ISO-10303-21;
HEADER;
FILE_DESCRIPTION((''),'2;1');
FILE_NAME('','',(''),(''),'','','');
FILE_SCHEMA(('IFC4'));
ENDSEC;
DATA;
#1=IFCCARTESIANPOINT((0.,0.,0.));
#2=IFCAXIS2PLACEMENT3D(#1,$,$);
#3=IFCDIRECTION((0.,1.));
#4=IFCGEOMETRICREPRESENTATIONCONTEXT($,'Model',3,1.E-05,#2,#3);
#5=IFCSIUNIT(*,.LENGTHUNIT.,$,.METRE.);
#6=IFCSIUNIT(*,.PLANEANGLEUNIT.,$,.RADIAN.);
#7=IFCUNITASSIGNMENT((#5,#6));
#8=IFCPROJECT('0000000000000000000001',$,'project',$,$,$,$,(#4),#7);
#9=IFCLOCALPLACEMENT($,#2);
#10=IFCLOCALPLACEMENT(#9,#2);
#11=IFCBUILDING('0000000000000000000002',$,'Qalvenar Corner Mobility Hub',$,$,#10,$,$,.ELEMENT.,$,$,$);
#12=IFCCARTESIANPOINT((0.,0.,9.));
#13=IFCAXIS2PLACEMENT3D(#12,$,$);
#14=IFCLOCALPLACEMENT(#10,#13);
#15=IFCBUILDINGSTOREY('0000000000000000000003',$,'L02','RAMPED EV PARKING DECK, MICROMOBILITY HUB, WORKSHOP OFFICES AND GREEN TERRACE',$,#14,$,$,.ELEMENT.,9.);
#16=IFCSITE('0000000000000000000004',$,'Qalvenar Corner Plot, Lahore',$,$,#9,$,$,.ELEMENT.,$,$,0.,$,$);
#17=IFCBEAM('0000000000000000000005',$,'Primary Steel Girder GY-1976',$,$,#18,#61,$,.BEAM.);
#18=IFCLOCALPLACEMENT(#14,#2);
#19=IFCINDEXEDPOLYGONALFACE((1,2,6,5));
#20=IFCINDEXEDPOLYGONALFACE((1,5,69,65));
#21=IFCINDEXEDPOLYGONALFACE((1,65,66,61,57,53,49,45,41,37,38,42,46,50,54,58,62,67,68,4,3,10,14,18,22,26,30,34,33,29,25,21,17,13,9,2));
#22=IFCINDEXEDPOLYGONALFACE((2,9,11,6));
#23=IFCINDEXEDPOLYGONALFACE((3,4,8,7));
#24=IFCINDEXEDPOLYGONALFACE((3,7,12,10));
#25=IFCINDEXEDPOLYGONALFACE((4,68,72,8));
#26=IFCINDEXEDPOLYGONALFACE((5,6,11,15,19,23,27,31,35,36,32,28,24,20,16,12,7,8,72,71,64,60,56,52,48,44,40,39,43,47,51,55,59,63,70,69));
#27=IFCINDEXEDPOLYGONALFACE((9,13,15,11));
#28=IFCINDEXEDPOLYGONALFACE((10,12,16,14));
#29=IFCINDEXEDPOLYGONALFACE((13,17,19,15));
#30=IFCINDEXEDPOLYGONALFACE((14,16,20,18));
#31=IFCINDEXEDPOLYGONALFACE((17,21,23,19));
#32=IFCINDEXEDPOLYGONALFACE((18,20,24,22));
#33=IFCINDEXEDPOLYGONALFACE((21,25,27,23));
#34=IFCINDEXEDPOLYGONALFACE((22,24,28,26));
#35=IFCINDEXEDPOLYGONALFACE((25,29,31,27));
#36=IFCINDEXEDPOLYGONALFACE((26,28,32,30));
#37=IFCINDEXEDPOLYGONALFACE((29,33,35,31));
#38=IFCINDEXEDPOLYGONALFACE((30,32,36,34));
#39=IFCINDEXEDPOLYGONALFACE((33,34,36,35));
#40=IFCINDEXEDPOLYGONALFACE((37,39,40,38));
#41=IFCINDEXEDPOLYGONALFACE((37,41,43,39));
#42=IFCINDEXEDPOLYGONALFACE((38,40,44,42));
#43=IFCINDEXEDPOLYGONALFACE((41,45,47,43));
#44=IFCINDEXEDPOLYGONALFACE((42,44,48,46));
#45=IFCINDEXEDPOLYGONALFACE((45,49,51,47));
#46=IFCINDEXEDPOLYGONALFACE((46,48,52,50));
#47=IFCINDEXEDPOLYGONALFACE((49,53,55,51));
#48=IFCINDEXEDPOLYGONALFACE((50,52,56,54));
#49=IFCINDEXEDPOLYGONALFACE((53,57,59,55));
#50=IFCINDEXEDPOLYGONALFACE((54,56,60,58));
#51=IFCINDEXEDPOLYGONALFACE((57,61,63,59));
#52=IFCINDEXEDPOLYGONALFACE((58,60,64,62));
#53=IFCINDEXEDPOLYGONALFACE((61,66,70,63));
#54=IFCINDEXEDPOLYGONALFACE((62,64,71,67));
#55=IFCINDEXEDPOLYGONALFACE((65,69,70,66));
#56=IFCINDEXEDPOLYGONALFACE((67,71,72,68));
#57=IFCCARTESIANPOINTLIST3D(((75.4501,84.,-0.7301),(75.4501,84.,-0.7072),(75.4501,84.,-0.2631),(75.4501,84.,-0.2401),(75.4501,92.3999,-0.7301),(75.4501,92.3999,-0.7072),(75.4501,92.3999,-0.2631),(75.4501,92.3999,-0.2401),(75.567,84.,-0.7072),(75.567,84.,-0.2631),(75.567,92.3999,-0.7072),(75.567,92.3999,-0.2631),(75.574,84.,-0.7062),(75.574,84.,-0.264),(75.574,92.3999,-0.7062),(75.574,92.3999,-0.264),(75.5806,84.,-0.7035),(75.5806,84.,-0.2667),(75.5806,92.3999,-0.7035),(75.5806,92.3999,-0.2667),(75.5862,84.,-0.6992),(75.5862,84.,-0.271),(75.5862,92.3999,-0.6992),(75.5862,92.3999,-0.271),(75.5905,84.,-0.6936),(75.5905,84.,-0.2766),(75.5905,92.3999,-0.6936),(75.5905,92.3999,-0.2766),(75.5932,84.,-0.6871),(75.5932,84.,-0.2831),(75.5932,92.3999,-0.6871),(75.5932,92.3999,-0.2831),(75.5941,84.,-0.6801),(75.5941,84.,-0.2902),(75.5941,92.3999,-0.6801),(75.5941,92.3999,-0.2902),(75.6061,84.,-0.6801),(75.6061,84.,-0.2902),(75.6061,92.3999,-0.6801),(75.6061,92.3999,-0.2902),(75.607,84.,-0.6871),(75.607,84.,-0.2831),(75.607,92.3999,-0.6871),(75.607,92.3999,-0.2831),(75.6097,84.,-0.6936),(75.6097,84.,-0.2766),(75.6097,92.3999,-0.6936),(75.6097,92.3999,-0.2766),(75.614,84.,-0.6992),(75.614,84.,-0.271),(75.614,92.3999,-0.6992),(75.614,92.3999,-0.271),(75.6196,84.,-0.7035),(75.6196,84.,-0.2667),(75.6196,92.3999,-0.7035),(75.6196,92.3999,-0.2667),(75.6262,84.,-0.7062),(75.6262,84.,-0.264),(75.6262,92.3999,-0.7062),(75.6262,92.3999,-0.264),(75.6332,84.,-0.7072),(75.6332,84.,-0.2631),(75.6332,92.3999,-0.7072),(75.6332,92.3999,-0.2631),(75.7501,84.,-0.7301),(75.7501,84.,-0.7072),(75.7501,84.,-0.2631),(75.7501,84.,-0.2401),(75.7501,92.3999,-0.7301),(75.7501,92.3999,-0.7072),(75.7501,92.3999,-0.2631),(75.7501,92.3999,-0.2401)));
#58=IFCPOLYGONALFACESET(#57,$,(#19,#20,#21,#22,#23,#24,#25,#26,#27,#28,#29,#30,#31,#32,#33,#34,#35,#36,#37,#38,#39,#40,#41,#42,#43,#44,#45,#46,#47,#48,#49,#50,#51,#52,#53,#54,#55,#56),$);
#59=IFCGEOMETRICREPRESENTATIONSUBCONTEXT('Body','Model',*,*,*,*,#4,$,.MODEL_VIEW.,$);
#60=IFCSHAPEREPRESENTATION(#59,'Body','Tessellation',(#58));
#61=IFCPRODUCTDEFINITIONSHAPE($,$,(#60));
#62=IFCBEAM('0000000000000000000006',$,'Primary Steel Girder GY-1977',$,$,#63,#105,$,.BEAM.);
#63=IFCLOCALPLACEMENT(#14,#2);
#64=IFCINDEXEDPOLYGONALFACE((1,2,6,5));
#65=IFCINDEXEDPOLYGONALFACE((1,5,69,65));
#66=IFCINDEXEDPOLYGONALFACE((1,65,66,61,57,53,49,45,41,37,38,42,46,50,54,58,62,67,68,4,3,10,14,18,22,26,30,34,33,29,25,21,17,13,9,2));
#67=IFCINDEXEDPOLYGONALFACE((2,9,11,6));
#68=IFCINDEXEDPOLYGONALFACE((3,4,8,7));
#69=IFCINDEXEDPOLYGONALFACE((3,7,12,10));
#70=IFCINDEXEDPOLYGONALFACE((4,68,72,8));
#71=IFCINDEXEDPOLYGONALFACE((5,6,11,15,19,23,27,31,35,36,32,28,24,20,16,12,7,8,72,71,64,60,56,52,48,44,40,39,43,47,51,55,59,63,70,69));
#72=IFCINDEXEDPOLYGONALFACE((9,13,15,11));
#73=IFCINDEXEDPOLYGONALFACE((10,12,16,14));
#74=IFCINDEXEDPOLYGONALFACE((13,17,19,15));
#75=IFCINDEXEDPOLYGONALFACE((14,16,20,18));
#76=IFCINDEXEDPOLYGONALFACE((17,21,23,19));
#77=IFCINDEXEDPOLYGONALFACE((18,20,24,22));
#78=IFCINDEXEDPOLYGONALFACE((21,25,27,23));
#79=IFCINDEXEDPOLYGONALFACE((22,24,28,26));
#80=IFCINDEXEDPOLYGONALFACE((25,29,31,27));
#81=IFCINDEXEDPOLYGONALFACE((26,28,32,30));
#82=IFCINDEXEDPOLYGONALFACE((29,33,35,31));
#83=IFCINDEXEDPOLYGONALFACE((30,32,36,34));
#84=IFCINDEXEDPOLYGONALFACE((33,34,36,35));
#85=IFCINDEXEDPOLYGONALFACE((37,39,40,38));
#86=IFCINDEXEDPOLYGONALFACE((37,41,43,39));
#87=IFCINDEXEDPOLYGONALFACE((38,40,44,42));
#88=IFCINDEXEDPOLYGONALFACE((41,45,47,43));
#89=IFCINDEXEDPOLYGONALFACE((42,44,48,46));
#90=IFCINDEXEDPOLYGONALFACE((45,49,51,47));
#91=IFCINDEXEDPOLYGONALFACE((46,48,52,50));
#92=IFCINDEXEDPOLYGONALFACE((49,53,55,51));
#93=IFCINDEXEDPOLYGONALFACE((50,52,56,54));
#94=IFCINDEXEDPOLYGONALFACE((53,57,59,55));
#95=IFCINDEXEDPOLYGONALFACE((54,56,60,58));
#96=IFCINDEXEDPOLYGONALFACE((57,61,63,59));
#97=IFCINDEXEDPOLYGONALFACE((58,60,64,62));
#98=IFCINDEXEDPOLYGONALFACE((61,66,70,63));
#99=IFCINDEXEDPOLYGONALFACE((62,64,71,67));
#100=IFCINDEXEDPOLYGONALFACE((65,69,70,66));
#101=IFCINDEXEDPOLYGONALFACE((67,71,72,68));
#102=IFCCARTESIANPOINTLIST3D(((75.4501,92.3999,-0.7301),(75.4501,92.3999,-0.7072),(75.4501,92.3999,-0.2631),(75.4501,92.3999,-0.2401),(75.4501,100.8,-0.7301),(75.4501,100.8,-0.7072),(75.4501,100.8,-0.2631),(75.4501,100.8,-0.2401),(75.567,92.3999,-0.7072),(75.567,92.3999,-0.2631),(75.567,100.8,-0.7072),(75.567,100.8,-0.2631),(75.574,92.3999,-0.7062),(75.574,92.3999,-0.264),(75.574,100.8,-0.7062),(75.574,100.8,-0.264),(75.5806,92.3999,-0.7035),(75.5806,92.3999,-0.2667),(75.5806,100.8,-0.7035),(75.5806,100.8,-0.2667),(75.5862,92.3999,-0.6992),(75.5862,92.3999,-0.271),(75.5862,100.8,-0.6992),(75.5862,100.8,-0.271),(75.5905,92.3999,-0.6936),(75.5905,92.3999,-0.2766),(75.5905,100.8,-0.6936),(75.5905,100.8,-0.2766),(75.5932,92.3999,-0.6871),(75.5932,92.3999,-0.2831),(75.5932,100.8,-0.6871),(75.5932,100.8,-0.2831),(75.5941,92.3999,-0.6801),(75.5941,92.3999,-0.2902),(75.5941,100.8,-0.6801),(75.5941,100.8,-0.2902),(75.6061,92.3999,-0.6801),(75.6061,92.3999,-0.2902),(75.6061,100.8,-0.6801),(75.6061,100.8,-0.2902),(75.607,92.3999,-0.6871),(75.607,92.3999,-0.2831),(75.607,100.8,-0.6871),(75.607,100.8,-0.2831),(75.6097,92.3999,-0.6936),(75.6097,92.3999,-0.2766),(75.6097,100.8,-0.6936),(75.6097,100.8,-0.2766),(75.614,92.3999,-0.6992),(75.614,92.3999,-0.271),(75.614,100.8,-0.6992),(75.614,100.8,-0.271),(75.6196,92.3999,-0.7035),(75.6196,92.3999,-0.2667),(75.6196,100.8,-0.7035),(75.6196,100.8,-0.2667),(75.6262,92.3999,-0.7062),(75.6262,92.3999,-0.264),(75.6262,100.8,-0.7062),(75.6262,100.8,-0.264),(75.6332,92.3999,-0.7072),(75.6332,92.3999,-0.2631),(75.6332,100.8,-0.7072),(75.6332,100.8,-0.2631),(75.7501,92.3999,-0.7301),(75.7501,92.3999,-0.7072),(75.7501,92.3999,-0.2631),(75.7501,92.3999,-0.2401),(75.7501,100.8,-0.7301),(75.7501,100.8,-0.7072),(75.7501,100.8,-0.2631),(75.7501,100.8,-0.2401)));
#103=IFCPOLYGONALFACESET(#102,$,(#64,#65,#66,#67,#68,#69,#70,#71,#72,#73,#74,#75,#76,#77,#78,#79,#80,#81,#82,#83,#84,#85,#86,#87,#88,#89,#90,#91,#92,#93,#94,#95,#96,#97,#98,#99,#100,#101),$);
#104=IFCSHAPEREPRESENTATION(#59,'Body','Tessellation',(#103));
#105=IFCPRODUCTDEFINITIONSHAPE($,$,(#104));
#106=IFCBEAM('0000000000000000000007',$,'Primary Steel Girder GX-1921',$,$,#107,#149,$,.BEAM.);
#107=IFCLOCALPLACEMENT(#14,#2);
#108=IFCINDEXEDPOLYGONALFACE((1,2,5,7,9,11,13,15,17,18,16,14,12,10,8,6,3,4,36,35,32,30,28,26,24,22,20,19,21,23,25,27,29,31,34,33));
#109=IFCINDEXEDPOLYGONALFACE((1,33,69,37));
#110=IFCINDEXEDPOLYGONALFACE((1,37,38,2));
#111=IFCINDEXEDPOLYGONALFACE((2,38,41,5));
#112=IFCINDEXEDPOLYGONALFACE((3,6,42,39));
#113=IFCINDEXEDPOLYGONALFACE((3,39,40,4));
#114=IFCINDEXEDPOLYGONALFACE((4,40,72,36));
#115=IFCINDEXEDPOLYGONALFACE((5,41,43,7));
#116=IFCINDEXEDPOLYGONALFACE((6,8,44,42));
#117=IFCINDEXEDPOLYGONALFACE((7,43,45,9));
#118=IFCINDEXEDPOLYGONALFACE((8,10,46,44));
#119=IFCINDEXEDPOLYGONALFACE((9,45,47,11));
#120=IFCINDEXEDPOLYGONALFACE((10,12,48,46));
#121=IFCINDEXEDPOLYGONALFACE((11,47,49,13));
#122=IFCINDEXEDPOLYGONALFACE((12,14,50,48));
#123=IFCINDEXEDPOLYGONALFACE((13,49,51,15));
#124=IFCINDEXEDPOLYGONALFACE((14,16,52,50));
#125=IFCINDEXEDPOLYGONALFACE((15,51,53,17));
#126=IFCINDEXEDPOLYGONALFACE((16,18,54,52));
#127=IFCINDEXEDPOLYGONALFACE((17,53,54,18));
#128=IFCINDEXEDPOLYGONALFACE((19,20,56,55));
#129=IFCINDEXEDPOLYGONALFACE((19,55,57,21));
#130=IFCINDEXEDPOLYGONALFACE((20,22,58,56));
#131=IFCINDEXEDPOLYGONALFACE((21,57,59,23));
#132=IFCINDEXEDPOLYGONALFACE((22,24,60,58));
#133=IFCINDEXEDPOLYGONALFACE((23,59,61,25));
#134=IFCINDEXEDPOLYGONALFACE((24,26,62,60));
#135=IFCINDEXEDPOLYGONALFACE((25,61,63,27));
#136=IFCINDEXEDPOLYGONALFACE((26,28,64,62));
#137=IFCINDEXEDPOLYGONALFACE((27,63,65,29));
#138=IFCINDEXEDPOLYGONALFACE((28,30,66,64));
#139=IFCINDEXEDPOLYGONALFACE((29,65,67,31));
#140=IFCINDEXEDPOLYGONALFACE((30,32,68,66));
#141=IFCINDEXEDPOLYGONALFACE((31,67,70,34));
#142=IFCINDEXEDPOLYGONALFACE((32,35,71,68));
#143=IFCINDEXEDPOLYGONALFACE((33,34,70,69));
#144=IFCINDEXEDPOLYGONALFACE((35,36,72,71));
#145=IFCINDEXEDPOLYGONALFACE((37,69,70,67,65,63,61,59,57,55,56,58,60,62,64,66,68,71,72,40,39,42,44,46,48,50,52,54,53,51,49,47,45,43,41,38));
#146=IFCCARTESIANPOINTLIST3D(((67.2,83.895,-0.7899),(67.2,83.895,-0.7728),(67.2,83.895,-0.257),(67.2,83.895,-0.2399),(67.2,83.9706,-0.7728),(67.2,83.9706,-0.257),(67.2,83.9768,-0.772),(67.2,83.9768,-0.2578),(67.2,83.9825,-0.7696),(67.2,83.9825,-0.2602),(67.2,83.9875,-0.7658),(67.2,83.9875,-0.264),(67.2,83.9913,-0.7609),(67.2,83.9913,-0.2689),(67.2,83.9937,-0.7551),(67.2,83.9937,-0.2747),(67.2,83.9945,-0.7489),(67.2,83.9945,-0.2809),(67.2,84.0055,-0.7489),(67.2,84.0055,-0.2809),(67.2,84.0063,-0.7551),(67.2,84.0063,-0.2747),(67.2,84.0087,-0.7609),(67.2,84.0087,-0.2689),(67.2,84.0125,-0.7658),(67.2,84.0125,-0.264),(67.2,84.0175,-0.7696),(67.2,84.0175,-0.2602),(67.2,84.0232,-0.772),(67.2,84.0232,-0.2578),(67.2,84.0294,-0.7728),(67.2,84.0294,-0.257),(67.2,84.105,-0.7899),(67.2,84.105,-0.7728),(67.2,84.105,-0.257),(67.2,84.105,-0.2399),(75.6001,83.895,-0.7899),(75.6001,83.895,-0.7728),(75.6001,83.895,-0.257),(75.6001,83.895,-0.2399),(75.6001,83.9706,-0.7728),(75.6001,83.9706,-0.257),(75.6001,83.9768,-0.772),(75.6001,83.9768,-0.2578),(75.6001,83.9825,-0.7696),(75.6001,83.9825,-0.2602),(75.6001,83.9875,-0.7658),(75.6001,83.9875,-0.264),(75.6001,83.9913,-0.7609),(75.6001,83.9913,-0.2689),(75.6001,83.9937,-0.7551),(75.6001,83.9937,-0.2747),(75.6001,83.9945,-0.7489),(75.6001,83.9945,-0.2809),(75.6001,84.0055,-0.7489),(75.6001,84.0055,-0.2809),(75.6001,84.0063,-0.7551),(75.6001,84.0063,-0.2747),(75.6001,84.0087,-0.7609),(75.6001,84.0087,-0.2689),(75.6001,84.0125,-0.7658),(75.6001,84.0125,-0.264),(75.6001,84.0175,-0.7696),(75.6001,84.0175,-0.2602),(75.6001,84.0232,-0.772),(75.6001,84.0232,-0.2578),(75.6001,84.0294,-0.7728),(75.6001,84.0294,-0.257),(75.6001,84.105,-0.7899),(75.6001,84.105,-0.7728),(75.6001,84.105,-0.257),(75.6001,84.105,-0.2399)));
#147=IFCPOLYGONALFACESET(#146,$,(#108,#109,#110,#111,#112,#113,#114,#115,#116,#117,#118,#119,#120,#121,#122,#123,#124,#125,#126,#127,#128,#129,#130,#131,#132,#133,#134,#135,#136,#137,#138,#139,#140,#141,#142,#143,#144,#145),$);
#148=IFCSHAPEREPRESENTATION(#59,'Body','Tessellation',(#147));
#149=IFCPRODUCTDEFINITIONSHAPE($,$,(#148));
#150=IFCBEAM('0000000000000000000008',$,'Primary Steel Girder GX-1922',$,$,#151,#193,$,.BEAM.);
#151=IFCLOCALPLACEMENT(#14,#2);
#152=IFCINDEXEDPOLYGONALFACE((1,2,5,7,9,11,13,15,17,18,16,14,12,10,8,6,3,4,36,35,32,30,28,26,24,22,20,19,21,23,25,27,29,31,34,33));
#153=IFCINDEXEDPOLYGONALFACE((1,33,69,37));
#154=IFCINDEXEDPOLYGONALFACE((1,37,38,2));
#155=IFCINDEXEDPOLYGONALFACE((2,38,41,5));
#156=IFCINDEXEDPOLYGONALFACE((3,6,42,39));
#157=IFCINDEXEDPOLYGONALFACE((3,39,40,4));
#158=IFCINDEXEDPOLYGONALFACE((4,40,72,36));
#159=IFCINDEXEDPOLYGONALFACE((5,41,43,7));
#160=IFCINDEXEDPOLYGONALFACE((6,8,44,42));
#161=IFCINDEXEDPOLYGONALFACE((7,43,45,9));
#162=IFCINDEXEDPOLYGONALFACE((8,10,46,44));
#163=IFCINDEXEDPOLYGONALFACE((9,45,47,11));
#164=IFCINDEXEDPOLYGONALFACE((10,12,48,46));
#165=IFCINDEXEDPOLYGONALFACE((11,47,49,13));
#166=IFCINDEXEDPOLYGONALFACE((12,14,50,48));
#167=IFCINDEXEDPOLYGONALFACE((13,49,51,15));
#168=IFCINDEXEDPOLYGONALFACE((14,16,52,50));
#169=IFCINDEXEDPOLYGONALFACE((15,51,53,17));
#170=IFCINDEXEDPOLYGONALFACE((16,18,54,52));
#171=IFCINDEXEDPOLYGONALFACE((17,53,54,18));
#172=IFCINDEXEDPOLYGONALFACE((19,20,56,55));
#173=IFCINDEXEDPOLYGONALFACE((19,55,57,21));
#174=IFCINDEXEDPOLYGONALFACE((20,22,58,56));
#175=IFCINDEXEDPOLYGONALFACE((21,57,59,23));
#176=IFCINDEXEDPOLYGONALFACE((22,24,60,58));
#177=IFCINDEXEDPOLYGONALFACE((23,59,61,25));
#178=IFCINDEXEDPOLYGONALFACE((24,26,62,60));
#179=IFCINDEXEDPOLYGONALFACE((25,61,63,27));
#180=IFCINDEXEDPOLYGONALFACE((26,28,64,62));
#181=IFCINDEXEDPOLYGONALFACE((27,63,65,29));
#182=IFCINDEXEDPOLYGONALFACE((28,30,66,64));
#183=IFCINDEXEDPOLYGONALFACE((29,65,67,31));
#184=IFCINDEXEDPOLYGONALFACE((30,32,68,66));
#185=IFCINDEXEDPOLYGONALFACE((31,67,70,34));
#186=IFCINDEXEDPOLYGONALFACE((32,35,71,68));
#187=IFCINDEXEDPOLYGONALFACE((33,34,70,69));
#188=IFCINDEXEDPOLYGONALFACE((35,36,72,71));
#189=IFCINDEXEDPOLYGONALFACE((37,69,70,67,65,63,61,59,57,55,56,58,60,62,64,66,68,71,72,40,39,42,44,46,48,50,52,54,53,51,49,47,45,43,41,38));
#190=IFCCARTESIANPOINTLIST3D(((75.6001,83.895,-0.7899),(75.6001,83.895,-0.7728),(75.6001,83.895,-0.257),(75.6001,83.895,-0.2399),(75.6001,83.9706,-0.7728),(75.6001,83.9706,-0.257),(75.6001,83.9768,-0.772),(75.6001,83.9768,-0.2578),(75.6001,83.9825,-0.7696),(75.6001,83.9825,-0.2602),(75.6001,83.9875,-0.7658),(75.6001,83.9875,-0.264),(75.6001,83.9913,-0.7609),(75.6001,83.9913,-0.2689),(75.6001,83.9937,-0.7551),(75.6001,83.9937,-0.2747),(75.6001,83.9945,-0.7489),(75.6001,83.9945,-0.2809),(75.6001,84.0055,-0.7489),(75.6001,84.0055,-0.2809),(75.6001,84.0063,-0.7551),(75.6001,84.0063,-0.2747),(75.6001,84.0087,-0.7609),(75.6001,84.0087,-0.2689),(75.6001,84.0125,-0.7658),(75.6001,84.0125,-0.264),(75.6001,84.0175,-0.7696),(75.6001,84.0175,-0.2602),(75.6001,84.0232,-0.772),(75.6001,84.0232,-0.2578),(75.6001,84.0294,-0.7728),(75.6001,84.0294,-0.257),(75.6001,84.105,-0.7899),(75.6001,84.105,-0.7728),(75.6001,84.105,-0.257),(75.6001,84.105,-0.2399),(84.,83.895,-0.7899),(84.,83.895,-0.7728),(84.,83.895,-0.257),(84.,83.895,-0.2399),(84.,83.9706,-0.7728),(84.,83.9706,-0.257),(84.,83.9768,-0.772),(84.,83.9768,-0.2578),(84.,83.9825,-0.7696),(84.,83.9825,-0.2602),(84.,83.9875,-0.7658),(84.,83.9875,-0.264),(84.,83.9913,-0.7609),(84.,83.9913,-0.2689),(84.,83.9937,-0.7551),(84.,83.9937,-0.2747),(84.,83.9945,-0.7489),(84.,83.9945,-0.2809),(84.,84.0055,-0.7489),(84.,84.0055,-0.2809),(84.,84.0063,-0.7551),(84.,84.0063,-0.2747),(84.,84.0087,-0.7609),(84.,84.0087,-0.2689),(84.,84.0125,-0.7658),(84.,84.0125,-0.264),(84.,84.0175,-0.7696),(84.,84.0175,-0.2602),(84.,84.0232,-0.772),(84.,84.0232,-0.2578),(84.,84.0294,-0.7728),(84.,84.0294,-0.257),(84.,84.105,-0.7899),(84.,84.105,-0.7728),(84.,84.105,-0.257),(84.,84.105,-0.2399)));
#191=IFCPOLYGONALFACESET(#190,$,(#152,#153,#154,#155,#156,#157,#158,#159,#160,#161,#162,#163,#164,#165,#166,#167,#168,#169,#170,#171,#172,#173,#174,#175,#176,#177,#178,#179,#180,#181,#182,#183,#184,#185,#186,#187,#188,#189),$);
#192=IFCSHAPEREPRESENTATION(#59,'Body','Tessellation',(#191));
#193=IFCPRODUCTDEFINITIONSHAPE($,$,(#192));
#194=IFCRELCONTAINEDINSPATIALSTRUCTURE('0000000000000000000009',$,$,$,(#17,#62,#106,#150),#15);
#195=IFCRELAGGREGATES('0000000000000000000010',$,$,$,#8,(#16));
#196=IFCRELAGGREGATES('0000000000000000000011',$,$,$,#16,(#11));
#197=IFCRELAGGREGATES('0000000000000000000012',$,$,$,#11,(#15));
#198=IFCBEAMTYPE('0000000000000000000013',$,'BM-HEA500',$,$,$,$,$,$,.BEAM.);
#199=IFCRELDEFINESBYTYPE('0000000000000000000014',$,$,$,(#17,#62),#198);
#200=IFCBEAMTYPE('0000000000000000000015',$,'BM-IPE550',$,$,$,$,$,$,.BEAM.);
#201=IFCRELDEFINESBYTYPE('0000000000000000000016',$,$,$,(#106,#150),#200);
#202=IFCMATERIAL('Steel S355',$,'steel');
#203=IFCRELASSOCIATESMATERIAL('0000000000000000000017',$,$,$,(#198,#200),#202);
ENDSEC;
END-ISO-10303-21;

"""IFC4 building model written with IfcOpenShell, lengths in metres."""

from ifc_helpers import new_model, si_unit, direction, frame, origin, origin_2d, place, context, subcontext, project, spatial, i_section, extrude, material, material_profile, profile_set, type_object, element, save


model = new_model("IFC4")

# Units and contexts
model_context = context("Model", 3, precision=1e-05, world=origin(), true_north=direction((0.0, 1.0)))
body_context = subcontext(model_context, "Body", "Model", "MODEL_VIEW")
ifc_project = project(units=[si_unit("LENGTHUNIT", "METRE"), si_unit("PLANEANGLEUNIT", "RADIAN")], contexts=[model_context])

# Site, building, storey
site_placement = place(None, origin())
site = spatial("IfcSite", under=ifc_project, at=site_placement, Name="Qalvenar Corner Plot, Lahore", CompositionType="ELEMENT", RefElevation=0.0)
building_placement = place(site_placement, origin())
building = spatial("IfcBuilding", under=site, at=building_placement, Name="Qalvenar Corner Mobility Hub", CompositionType="ELEMENT")
storey_placement = place(building_placement, frame((0.0, 0.0, 9.0)))
storey = spatial("IfcBuildingStorey", under=building, at=storey_placement, Name="L02", Description="RAMPED EV PARKING DECK, MICROMOBILITY HUB, WORKSHOP OFFICES AND GREEN TERRACE", CompositionType="ELEMENT", Elevation=9.0)

# Shared definitions
ifc_material_1 = material(Name="Steel S355", Category="steel")

# Beams
ifc_material_profile_1 = material_profile(ifc_material_1, i_section(OverallWidth=0.3, OverallDepth=0.49, WebThickness=0.012, FlangeThickness=0.0229, FilletRadius=0.0271, at=origin_2d()), Name="HEA500")
ifc_profile_set_1 = profile_set([ifc_material_profile_1], Name="Steel S355")
beam_type_1 = type_object("IfcBeamType", Name="BM-HEA500", PredefinedType="BEAM", material=ifc_profile_set_1)
beam_1_placement = place(storey_placement, frame((75.6001, 84.0, -0.4851), z_axis=(0.0, 1.0, 0.0), x_axis=(-1.0, 0.0, 0.0)))
element("IfcBeam", 1, at=beam_1_placement, inside=storey, type_object=beam_type_1, Name="Primary Steel Girder GY-1976", PredefinedType="BEAM", context=body_context, shape_type="SweptSolid", body=[
    extrude(i_section(OverallWidth=0.3, OverallDepth=0.49, WebThickness=0.012, FlangeThickness=0.0229, FilletRadius=0.0271, at=origin_2d()), origin(), (0.0, 0.0, 1.0), 8.3999),
])
beam_2_placement = place(storey_placement, frame((75.6001, 92.3999, -0.4851), z_axis=(0.0, 1.0, 0.0), x_axis=(-1.0, 0.0, 0.0)))
element("IfcBeam", 2, at=beam_2_placement, inside=storey, type_object=beam_type_1, Name="Primary Steel Girder GY-1977", PredefinedType="BEAM", context=body_context, shape_type="SweptSolid", body=[
    extrude(i_section(OverallWidth=0.3, OverallDepth=0.49, WebThickness=0.012, FlangeThickness=0.0229, FilletRadius=0.0271, at=origin_2d()), origin(), (0.0, 0.0, 1.0), 8.4001),
])
ifc_material_profile_2 = material_profile(ifc_material_1, i_section(OverallWidth=0.21, OverallDepth=0.55, WebThickness=0.011, FlangeThickness=0.0171, FilletRadius=0.0239, at=origin_2d()), Name="IPE550")
ifc_profile_set_2 = profile_set([ifc_material_profile_2], Name="Steel S355")
beam_type_2 = type_object("IfcBeamType", Name="BM-IPE550", PredefinedType="BEAM", material=ifc_profile_set_2)
beam_3_placement = place(storey_placement, frame((67.2, 84.0, -0.5149), z_axis=(1.0, 0.0, 0.0), x_axis=(0.0, 1.0, 0.0)))
element("IfcBeam", 3, at=beam_3_placement, inside=storey, type_object=beam_type_2, Name="Primary Steel Girder GX-1921", PredefinedType="BEAM", context=body_context, shape_type="SweptSolid", body=[
    extrude(i_section(OverallWidth=0.21, OverallDepth=0.55, WebThickness=0.011, FlangeThickness=0.0171, FilletRadius=0.0239, at=origin_2d()), origin(), (0.0, 0.0, 1.0), 8.4001),
])
for number, where, z_axis, x_axis, name in (
    (4, (75.6001, 84.0, -0.5149), (1.0, 0.0, 0.0), (0.0, 1.0, 0.0), "Primary Steel Girder GX-1922"),
):
    element("IfcBeam", number, at=place(storey_placement, frame(where, z_axis=z_axis, x_axis=x_axis)), inside=storey, type_object=beam_type_2, Name=name, PredefinedType="BEAM", context=body_context, shape_type="SweptSolid", body=[
        extrude(i_section(OverallWidth=0.21, OverallDepth=0.55, WebThickness=0.011, FlangeThickness=0.0171, FilletRadius=0.0239, at=origin_2d()), origin(), (0.0, 0.0, 1.0), 8.3999),
    ])

save(model, "model.ifc")
